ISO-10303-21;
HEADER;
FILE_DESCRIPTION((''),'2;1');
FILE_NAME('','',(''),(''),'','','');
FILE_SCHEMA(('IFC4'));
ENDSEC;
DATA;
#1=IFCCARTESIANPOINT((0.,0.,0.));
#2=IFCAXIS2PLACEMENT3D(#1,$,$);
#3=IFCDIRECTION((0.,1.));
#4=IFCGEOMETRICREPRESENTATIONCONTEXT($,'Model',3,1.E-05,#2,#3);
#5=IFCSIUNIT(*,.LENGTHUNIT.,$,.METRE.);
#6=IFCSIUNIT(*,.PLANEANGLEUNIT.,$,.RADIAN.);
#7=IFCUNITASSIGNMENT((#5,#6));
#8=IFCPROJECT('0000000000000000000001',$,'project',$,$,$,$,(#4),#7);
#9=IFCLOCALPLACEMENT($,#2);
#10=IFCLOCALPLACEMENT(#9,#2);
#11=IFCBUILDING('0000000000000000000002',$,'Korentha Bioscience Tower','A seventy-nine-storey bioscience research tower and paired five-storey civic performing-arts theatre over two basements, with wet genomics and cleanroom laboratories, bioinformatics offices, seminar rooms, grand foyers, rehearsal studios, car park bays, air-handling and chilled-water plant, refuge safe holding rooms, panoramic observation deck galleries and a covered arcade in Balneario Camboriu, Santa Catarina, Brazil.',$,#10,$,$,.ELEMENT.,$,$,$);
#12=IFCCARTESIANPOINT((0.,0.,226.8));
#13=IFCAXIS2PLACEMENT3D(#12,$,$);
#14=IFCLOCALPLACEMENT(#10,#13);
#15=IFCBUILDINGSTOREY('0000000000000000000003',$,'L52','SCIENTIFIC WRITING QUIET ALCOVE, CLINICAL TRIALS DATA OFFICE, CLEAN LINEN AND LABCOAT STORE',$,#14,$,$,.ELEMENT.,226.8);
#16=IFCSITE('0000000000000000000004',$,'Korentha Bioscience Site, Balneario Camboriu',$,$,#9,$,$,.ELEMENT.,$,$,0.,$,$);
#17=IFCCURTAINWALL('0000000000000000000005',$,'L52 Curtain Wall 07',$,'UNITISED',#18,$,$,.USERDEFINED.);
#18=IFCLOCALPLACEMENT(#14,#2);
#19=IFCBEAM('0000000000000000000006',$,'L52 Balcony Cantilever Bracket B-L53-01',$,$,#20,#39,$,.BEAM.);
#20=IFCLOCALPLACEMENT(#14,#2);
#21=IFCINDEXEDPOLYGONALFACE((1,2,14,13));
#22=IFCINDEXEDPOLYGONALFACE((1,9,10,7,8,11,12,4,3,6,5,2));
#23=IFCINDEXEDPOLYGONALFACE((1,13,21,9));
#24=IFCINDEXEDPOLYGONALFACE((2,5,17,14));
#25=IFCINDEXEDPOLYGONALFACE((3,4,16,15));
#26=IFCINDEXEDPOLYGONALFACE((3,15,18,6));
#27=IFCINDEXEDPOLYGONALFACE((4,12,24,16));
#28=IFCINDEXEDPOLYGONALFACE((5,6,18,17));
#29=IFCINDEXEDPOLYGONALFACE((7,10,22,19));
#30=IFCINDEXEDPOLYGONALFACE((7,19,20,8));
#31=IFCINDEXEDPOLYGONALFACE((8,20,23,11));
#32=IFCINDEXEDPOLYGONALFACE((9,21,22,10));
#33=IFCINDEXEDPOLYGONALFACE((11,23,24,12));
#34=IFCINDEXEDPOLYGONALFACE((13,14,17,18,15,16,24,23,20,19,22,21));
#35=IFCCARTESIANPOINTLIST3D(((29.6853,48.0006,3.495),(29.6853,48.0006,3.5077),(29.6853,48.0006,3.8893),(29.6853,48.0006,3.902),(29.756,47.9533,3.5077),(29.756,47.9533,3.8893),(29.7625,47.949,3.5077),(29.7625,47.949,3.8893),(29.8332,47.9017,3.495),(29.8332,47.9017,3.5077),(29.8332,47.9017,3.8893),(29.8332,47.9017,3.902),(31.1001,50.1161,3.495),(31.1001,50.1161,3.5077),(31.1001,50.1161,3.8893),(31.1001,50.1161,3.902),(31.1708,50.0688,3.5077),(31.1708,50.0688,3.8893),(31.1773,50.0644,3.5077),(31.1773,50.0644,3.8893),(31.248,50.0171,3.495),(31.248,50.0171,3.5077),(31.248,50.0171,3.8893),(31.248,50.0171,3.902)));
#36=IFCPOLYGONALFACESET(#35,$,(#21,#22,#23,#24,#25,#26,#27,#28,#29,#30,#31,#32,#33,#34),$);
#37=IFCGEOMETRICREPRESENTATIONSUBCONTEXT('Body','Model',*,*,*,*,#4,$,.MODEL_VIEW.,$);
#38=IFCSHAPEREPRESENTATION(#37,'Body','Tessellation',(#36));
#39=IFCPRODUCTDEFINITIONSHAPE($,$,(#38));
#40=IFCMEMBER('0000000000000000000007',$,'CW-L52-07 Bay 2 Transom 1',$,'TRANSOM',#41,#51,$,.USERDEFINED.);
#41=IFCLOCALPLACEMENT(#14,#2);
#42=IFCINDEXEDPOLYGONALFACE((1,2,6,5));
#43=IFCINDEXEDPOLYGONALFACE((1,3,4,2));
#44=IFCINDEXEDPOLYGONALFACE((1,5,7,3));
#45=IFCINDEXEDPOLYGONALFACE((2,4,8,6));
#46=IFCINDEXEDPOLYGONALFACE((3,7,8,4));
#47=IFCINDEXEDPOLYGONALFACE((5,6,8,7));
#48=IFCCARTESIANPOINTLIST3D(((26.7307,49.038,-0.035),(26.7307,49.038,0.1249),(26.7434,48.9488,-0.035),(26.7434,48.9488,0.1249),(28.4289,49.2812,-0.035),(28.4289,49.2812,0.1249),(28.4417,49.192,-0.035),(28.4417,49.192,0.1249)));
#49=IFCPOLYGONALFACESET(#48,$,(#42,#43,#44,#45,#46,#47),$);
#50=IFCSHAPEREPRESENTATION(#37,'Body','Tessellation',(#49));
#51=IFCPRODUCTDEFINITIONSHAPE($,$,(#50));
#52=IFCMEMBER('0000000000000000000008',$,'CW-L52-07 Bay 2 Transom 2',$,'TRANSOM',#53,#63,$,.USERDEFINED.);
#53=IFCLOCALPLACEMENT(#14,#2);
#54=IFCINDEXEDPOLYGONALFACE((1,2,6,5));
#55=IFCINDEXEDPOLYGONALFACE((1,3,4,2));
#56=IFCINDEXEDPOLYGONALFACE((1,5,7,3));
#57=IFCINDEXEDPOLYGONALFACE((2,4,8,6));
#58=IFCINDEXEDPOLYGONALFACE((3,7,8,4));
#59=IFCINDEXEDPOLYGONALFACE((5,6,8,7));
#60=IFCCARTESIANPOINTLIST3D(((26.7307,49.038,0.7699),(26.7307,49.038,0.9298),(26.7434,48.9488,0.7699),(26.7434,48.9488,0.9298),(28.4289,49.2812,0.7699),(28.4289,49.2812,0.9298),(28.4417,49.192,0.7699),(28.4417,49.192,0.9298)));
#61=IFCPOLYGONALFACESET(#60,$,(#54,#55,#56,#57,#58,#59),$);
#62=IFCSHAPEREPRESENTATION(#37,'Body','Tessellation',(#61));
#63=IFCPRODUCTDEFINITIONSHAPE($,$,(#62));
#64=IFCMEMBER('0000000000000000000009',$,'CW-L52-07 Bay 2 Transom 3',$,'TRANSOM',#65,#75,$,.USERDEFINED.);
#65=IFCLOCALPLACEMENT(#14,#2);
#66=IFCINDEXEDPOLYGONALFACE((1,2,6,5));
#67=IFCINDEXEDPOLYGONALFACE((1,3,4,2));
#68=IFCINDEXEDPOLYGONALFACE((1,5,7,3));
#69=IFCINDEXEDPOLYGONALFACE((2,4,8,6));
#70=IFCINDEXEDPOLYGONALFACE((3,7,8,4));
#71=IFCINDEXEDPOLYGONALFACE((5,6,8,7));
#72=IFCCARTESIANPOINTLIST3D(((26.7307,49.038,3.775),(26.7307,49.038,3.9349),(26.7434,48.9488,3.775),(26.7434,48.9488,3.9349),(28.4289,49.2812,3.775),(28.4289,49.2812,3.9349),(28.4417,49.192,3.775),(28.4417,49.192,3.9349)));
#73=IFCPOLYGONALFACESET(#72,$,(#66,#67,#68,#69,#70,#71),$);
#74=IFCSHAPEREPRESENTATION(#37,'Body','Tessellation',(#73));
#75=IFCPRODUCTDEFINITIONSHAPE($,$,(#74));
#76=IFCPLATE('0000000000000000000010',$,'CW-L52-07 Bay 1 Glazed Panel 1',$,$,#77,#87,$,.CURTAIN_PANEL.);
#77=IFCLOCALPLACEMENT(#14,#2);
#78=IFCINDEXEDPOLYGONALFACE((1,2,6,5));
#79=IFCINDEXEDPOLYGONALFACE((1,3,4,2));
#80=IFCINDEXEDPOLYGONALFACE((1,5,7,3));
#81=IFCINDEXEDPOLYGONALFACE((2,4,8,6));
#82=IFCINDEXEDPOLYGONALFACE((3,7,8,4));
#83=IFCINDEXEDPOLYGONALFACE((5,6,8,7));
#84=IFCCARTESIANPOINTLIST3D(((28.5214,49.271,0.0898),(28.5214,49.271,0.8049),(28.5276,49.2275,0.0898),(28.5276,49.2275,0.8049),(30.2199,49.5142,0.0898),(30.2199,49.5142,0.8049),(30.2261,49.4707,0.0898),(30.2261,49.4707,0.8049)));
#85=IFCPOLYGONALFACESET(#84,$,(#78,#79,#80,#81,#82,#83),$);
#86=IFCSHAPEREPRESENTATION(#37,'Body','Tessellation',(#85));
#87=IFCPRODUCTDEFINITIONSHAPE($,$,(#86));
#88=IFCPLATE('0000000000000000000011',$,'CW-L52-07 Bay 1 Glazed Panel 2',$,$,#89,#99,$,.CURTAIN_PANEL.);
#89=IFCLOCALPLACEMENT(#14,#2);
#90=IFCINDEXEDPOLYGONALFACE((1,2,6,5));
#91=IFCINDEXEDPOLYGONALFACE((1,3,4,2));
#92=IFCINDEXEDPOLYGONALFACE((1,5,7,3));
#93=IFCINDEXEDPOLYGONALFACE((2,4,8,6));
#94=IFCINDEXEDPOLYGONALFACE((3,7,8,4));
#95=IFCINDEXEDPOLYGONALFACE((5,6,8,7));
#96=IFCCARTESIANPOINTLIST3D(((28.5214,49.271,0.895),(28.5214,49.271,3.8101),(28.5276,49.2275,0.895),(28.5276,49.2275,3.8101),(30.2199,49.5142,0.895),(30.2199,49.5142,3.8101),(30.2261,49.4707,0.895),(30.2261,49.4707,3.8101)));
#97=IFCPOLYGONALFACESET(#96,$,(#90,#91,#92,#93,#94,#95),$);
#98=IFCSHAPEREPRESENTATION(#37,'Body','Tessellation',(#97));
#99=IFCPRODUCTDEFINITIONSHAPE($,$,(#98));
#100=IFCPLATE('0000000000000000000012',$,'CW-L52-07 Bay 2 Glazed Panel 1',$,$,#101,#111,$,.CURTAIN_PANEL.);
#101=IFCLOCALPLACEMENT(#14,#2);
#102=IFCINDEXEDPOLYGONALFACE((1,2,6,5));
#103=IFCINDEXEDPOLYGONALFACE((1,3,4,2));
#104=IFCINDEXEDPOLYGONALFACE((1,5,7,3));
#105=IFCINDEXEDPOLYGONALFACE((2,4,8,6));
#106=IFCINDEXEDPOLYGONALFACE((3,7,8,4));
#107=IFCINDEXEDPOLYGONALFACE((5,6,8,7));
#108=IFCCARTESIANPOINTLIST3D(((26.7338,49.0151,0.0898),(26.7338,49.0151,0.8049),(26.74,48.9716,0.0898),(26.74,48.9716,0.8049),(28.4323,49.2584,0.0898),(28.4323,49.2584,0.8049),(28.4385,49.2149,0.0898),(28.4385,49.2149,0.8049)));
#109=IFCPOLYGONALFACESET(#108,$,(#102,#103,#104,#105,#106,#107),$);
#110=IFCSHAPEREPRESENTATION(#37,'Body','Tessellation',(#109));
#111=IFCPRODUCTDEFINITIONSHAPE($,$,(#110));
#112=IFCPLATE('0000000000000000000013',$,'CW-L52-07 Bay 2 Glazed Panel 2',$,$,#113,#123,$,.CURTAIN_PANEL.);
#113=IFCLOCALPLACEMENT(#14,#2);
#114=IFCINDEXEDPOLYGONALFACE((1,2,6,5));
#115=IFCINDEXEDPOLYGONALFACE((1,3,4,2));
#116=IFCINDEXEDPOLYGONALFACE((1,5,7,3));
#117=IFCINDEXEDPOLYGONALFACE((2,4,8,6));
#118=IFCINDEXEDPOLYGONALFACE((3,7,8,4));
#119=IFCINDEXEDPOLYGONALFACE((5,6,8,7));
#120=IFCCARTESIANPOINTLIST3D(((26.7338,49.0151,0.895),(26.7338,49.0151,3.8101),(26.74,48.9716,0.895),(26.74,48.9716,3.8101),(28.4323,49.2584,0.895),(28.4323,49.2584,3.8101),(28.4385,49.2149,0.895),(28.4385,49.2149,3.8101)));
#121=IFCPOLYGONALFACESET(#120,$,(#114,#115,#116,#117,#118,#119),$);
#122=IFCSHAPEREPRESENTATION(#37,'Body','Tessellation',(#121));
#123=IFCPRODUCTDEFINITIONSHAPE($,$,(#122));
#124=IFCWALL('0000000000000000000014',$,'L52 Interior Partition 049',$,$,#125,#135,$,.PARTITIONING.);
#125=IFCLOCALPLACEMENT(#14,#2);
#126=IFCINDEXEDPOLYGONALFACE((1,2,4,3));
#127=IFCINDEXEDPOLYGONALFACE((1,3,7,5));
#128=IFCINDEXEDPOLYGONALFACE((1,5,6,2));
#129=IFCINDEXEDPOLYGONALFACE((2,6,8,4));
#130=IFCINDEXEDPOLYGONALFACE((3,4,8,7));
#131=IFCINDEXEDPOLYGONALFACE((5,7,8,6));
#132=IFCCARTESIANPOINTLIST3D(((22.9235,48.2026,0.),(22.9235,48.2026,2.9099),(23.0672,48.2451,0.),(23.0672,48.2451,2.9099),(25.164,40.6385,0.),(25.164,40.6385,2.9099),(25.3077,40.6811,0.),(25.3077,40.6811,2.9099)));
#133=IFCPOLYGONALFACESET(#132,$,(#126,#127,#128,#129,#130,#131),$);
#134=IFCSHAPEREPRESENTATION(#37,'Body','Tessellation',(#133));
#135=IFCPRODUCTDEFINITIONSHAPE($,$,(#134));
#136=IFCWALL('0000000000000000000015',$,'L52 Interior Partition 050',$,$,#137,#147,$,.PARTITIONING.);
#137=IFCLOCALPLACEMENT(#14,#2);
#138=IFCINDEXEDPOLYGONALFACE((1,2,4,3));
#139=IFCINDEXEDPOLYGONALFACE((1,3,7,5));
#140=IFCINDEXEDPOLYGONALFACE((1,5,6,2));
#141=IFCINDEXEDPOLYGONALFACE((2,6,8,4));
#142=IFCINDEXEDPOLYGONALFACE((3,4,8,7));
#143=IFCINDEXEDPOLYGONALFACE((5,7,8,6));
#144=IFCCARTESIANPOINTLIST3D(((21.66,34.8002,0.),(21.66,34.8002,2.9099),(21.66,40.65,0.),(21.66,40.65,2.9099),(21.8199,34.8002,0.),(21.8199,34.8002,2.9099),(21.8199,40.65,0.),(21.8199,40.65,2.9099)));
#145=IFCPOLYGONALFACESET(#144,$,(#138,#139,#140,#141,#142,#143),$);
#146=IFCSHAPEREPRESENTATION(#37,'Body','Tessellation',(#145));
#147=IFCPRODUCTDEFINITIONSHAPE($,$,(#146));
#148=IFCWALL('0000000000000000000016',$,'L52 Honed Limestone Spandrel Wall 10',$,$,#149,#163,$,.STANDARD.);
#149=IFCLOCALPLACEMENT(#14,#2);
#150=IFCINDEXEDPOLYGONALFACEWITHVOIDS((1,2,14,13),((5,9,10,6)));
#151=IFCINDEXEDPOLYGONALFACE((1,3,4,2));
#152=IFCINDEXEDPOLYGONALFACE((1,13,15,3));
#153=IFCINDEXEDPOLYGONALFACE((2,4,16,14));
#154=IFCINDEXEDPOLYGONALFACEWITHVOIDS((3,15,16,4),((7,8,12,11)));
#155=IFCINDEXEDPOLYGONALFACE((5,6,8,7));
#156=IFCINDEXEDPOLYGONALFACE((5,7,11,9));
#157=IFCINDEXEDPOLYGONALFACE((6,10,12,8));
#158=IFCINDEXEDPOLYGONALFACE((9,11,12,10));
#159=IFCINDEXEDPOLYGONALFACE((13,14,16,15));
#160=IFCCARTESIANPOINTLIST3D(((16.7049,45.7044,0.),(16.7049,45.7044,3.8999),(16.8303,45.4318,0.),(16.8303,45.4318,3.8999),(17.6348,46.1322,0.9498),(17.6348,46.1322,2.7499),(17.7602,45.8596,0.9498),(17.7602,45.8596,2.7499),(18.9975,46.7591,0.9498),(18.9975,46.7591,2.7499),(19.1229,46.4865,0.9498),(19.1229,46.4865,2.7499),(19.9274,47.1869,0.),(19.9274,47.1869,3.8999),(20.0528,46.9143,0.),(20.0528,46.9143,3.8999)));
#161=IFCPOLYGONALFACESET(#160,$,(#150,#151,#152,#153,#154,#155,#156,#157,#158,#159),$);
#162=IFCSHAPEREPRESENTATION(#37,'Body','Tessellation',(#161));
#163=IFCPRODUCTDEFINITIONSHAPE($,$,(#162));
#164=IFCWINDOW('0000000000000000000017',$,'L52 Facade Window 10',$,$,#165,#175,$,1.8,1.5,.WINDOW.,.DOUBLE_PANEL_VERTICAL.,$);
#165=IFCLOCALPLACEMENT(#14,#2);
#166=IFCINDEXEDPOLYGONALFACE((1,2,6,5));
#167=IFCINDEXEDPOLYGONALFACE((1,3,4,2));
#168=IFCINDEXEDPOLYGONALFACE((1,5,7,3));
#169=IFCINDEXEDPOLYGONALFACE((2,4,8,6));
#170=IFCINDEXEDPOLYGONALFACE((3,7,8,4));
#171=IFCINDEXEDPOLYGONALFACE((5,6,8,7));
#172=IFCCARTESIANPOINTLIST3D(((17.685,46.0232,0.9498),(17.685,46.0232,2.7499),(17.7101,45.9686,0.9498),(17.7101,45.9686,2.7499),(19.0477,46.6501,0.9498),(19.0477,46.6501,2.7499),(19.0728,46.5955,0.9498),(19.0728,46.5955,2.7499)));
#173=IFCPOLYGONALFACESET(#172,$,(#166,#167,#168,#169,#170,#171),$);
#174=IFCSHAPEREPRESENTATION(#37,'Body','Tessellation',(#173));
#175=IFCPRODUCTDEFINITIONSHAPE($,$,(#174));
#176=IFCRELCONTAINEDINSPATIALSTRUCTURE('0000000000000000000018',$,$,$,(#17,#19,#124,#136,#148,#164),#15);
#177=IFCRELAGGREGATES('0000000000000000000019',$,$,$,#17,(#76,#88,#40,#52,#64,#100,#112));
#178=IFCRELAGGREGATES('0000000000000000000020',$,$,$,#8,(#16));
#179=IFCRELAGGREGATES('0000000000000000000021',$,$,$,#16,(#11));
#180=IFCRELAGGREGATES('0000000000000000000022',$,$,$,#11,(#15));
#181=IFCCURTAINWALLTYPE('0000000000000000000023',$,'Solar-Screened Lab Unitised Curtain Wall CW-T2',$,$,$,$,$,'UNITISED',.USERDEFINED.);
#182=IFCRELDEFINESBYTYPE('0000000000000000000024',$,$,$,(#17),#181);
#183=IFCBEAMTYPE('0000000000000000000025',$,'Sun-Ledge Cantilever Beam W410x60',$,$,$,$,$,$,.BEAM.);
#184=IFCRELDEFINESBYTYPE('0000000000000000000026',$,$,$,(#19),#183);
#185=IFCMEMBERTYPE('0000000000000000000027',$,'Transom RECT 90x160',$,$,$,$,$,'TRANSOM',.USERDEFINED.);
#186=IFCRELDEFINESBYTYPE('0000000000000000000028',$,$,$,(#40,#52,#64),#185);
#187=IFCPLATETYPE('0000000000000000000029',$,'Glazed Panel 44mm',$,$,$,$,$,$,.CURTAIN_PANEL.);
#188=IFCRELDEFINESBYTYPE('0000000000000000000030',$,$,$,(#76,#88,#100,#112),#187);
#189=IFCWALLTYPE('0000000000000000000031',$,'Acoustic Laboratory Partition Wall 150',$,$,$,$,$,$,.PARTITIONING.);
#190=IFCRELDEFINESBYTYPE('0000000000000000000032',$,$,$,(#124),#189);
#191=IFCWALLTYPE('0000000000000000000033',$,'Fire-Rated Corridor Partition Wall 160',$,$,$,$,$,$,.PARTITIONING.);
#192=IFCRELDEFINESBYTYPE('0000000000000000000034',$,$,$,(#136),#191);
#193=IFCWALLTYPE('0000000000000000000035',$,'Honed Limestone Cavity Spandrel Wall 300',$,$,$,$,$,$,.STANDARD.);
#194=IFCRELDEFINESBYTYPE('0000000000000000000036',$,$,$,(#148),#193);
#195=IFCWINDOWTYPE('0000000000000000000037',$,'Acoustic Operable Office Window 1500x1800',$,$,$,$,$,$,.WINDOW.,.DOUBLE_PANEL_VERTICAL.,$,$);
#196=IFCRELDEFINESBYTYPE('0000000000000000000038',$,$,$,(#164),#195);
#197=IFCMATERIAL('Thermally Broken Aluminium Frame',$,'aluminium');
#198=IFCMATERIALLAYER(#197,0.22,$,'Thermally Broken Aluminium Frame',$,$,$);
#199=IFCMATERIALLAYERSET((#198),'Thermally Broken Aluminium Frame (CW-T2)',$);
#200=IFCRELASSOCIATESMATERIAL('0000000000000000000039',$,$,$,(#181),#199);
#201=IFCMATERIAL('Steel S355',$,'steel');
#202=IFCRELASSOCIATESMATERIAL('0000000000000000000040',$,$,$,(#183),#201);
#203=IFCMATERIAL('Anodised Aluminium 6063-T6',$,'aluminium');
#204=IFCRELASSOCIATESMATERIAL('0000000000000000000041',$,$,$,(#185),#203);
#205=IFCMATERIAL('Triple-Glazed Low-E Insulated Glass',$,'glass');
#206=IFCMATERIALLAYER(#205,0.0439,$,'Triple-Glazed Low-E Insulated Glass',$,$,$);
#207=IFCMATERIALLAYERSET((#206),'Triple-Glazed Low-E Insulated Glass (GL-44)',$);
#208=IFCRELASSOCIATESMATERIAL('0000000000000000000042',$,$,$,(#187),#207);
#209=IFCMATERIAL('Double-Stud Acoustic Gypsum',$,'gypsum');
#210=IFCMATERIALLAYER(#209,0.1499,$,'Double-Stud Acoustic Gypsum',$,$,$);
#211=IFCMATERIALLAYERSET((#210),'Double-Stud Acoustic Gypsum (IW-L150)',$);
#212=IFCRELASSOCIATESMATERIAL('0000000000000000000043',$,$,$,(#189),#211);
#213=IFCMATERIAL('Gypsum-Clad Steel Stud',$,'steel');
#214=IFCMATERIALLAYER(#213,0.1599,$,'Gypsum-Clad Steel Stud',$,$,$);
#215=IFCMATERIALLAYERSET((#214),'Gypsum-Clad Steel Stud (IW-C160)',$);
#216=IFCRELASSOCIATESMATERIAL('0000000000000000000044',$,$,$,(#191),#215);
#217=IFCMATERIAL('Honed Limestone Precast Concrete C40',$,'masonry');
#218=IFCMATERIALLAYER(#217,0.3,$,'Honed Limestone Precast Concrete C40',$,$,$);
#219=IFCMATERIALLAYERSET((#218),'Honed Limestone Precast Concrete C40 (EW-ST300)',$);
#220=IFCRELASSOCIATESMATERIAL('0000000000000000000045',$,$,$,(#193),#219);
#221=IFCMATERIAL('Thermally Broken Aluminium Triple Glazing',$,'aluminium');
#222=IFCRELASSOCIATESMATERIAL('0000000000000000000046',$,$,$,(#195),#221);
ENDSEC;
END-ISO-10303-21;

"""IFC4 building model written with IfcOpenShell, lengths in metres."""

from ifc_helpers import new_model, si_unit, direction, frame, frame_2d, origin, origin_2d, place, context, subcontext, project, spatial, rectangle, i_section, extrude, material, layer, layer_set, material_profile, profile_set, type_object, element, fill, aggregate, save


model = new_model("IFC4")

# Units and contexts
model_context = context("Model", 3, precision=1e-05, world=origin(), true_north=direction((0.0, 1.0)))
body_context = subcontext(model_context, "Body", "Model", "MODEL_VIEW")
ifc_project = project(units=[si_unit("LENGTHUNIT", "METRE"), si_unit("PLANEANGLEUNIT", "RADIAN")], contexts=[model_context])

# Site, building, storey
site_placement = place(None, origin())
site = spatial("IfcSite", under=ifc_project, at=site_placement, Name="Korentha Bioscience Site, Balneario Camboriu", CompositionType="ELEMENT", RefElevation=0.0)
building_placement = place(site_placement, origin())
building = spatial("IfcBuilding", under=site, at=building_placement, Name="Korentha Bioscience Tower", Description="A seventy-nine-storey bioscience research tower and paired five-storey civic performing-arts theatre over two basements, with wet genomics and cleanroom laboratories, bioinformatics offices, seminar rooms, grand foyers, rehearsal studios, car park bays, air-handling and chilled-water plant, refuge safe holding rooms, panoramic observation deck galleries and a covered arcade in Balneario Camboriu, Santa Catarina, Brazil.", CompositionType="ELEMENT")
storey_placement = place(building_placement, frame((0.0, 0.0, 226.8)))
storey = spatial("IfcBuildingStorey", under=building, at=storey_placement, Name="L52", Description="SCIENTIFIC WRITING QUIET ALCOVE, CLINICAL TRIALS DATA OFFICE, CLEAN LINEN AND LABCOAT STORE", CompositionType="ELEMENT", Elevation=226.8)

# Shared definitions
ifc_material_1 = material(Name="Steel S355", Category="steel")

# Curtain wall
ifc_material_2 = material(Name="Thermally Broken Aluminium Frame", Category="aluminium")
ifc_layer_1 = layer(ifc_material_2, 0.22, Name="Thermally Broken Aluminium Frame")
ifc_layer_set_1 = layer_set([ifc_layer_1], Name="Thermally Broken Aluminium Frame (CW-T2)")
curtain_wall_type = type_object("IfcCurtainWallType", Name="Solar-Screened Lab Unitised Curtain Wall CW-T2", ElementType="UNITISED", PredefinedType="USERDEFINED", material=ifc_layer_set_1)
curtain_wall_placement = place(storey_placement, origin())
curtain_wall = element("IfcCurtainWall", 1, at=curtain_wall_placement, inside=storey, type_object=curtain_wall_type, Name="L52 Curtain Wall 07", ObjectType="UNITISED", PredefinedType="USERDEFINED")
ifc_material_3 = material(Name="Anodised Aluminium 6063-T6", Category="aluminium")

# Beam
ifc_material_profile_1 = material_profile(ifc_material_1, i_section(OverallWidth=0.178, OverallDepth=0.407, WebThickness=0.0078, FlangeThickness=0.0127, at=origin_2d()), Name="Steel S355")
ifc_profile_set_1 = profile_set([ifc_material_profile_1], Name="Steel S355 (CB-410)")
beam_type_1 = type_object("IfcBeamType", Name="Sun-Ledge Cantilever Beam W410x60", PredefinedType="BEAM", material=ifc_profile_set_1)
beam_1_placement = place(storey_placement, frame((29.7593, 47.9512, 3.6985), z_axis=(0.555917, 0.831238, 0.0), x_axis=(-0.831238, 0.555917, 0.0)))
element("IfcBeam", 2, at=beam_1_placement, inside=storey, type_object=beam_type_1, Name="L52 Balcony Cantilever Bracket B-L53-01", PredefinedType="BEAM", context=body_context, shape_type="SweptSolid", body=[
    extrude(i_section(OverallWidth=0.178, OverallDepth=0.407, WebThickness=0.0078, FlangeThickness=0.0127, at=origin_2d()), origin(), (0.0, 0.0, 1.0), 2.5449),
])

# Members
ifc_material_profile_2 = material_profile(ifc_material_3, rectangle(XDim=0.0901, YDim=0.1599, at=origin_2d()), Name="Anodised Aluminium 6063-T6")
ifc_profile_set_2 = profile_set([ifc_material_profile_2], Name="Anodised Aluminium 6063-T6 (CW-TRN)")
member_type_1 = type_object("IfcMemberType", Name="Transom RECT 90x160", ElementType="TRANSOM", PredefinedType="USERDEFINED", material=ifc_profile_set_2)
member_1_placement = place(storey_placement, frame((28.4353, 49.2366, 0.0449), z_axis=(-0.989904, -0.14174, 0.0), x_axis=(0.14174, -0.989904, 0.0)))
member_1 = element("IfcMember", 3, at=member_1_placement, type_object=member_type_1, Name="CW-L52-07 Bay 2 Transom 1", ObjectType="TRANSOM", PredefinedType="USERDEFINED", context=body_context, shape_type="SweptSolid", body=[
    extrude(rectangle(XDim=0.0901, YDim=0.1599, at=origin_2d()), origin(), (0.0, 0.0, 1.0), 1.7156),
])
member_2_placement = place(storey_placement, frame((28.4353, 49.2366, 0.8499), z_axis=(-0.989904, -0.14174, 0.0), x_axis=(0.14174, -0.989904, 0.0)))
member_2 = element("IfcMember", 4, at=member_2_placement, type_object=member_type_1, Name="CW-L52-07 Bay 2 Transom 2", ObjectType="TRANSOM", PredefinedType="USERDEFINED", context=body_context, shape_type="SweptSolid", body=[
    extrude(rectangle(XDim=0.0901, YDim=0.1599, at=origin_2d()), origin(), (0.0, 0.0, 1.0), 1.7156),
])
member_3_placement = place(storey_placement, frame((28.4353, 49.2366, 3.855), z_axis=(-0.989904, -0.14174, 0.0), x_axis=(0.14174, -0.989904, 0.0)))
member_3 = element("IfcMember", 5, at=member_3_placement, type_object=member_type_1, Name="CW-L52-07 Bay 2 Transom 3", ObjectType="TRANSOM", PredefinedType="USERDEFINED", context=body_context, shape_type="SweptSolid", body=[
    extrude(rectangle(XDim=0.0901, YDim=0.1599, at=origin_2d()), origin(), (0.0, 0.0, 1.0), 1.7156),
])

# Plates
ifc_material_4 = material(Name="Triple-Glazed Low-E Insulated Glass", Category="glass")
ifc_layer_2 = layer(ifc_material_4, 0.0439, Name="Triple-Glazed Low-E Insulated Glass")
ifc_layer_set_2 = layer_set([ifc_layer_2], Name="Triple-Glazed Low-E Insulated Glass (GL-44)")
plate_type = type_object("IfcPlateType", Name="Glazed Panel 44mm", PredefinedType="CURTAIN_PANEL", material=ifc_layer_set_2)
plate_1_placement = place(storey_placement, frame((29.3738, 49.3708, 0.0898), z_axis=(0.0, 0.0, 1.0), x_axis=(-0.989902, -0.141754, 0.0)))
plate_1 = element("IfcPlate", 6, at=plate_1_placement, type_object=plate_type, Name="CW-L52-07 Bay 1 Glazed Panel 1", PredefinedType="CURTAIN_PANEL", context=body_context, shape_type="SweptSolid", body=[
    extrude(rectangle(XDim=1.7158, YDim=0.0439, at=origin_2d()), origin(), (0.0, 0.0, 1.0), 0.7151),
])
plate_2_placement = place(storey_placement, frame((29.3738, 49.3708, 0.895), z_axis=(0.0, 0.0, 1.0), x_axis=(-0.989902, -0.141754, 0.0)))
plate_2 = element("IfcPlate", 7, at=plate_2_placement, type_object=plate_type, Name="CW-L52-07 Bay 1 Glazed Panel 2", PredefinedType="CURTAIN_PANEL", context=body_context, shape_type="SweptSolid", body=[
    extrude(rectangle(XDim=1.7158, YDim=0.0439, at=origin_2d()), origin(), (0.0, 0.0, 1.0), 2.915),
])
plate_3_placement = place(storey_placement, frame((27.5862, 49.115, 0.0898), z_axis=(0.0, 0.0, 1.0), x_axis=(-0.989902, -0.141754, 0.0)))
plate_3 = element("IfcPlate", 8, at=plate_3_placement, type_object=plate_type, Name="CW-L52-07 Bay 2 Glazed Panel 1", PredefinedType="CURTAIN_PANEL", context=body_context, shape_type="SweptSolid", body=[
    extrude(rectangle(XDim=1.7158, YDim=0.0439, at=origin_2d()), origin(), (0.0, 0.0, 1.0), 0.7151),
])
plate_4_placement = place(storey_placement, frame((27.5862, 49.115, 0.895), z_axis=(0.0, 0.0, 1.0), x_axis=(-0.989902, -0.141754, 0.0)))
plate_4 = element("IfcPlate", 9, at=plate_4_placement, type_object=plate_type, Name="CW-L52-07 Bay 2 Glazed Panel 2", PredefinedType="CURTAIN_PANEL", context=body_context, shape_type="SweptSolid", body=[
    extrude(rectangle(XDim=1.7158, YDim=0.0439, at=origin_2d()), origin(), (0.0, 0.0, 1.0), 2.915),
])
aggregate(curtain_wall, [plate_1, plate_2, member_1, member_2, member_3, plate_3, plate_4])

# Wall
ifc_material_5 = material(Name="Double-Stud Acoustic Gypsum", Category="gypsum")
ifc_layer_3 = layer(ifc_material_5, 0.1499, Name="Double-Stud Acoustic Gypsum")
ifc_layer_set_3 = layer_set([ifc_layer_3], Name="Double-Stud Acoustic Gypsum (IW-L150)")
wall_type_1 = type_object("IfcWallType", Name="Acoustic Laboratory Partition Wall 150", PredefinedType="PARTITIONING", material=ifc_layer_set_3)
wall_1_placement = place(storey_placement, frame((25.2358, 40.6599, 0.0), z_axis=(0.0, 0.0, 1.0), x_axis=(-0.284007, 0.958822, 0.0)))
element("IfcWall", 10, at=wall_1_placement, inside=storey, type_object=wall_type_1, Name="L52 Interior Partition 049", PredefinedType="PARTITIONING", context=body_context, shape_type="SweptSolid", body=[
    extrude(rectangle(XDim=7.8889, YDim=0.1499, at=frame_2d((3.9443, 0.0))), origin(), (0.0, 0.0, 1.0), 2.9099),
])

# Shared definitions
ifc_material_6 = material(Name="Gypsum-Clad Steel Stud", Category="steel")
ifc_layer_4 = layer(ifc_material_6, 0.1599, Name="Gypsum-Clad Steel Stud")
ifc_layer_set_4 = layer_set([ifc_layer_4], Name="Gypsum-Clad Steel Stud (IW-C160)")
wall_type_2 = type_object("IfcWallType", Name="Fire-Rated Corridor Partition Wall 160", PredefinedType="PARTITIONING", material=ifc_layer_set_4)

# Wall
wall_2_placement = place(storey_placement, frame((21.74, 40.6499, 0.0), z_axis=(0.0, 0.0, 1.0), x_axis=(0.0, -1.0, 0.0)))
element("IfcWall", 11, at=wall_2_placement, inside=storey, type_object=wall_type_2, Name="L52 Interior Partition 050", PredefinedType="PARTITIONING", context=body_context, shape_type="SweptSolid", body=[
    extrude(rectangle(XDim=5.8499, YDim=0.1599, at=frame_2d((2.9248, 0.0))), origin(), (0.0, 0.0, 1.0), 2.9099),
])

# Wall, opening, window
ifc_material_7 = material(Name="Honed Limestone Precast Concrete C40", Category="masonry")
ifc_layer_5 = layer(ifc_material_7, 0.3, Name="Honed Limestone Precast Concrete C40")
ifc_layer_set_5 = layer_set([ifc_layer_5], Name="Honed Limestone Precast Concrete C40 (EW-ST300)")
wall_type_3 = type_object("IfcWallType", Name="Honed Limestone Cavity Spandrel Wall 300", PredefinedType="STANDARD", material=ifc_layer_set_5)
wall_3_placement = place(storey_placement, frame((19.99, 47.0505, 0.0), z_axis=(0.0, 0.0, 1.0), x_axis=(-0.908478, -0.417932, 0.0)))
wall_3 = element("IfcWall", 12, at=wall_3_placement, inside=storey, type_object=wall_type_3, Name="L52 Honed Limestone Spandrel Wall 10", PredefinedType="STANDARD", context=body_context, shape_type="SweptSolid", body=[
    extrude(rectangle(XDim=3.5471, YDim=0.3, at=frame_2d((1.7734, 0.0))), origin(), (0.0, 0.0, 1.0), 3.8999),
])
opening_1_placement = place(wall_3_placement, frame((1.0234, 0.0, 0.95)))
opening_1 = element("IfcOpeningElement", 13, at=opening_1_placement, cuts=wall_3, PredefinedType="OPENING", context=body_context, shape_type="SweptSolid", body=[
    extrude(rectangle(XDim=1.5, YDim=1.8, at=frame_2d((0.75, 0.8999))), frame((0.0, 0.165, 0.0), z_axis=(0.0, -1.0, 0.0), x_axis=(1.0, 0.0, 0.0)), (0.0, 0.0, 1.0), 0.3298),
])
ifc_material_8 = material(Name="Thermally Broken Aluminium Triple Glazing", Category="aluminium")
window_type = type_object("IfcWindowType", Name="Acoustic Operable Office Window 1500x1800", PartitioningType="DOUBLE_PANEL_VERTICAL", PredefinedType="WINDOW", material=ifc_material_8)
window_placement = place(opening_1_placement, origin())
window = element("IfcWindow", 14, at=window_placement, inside=storey, type_object=window_type, Name="L52 Facade Window 10", OverallHeight=1.8, OverallWidth=1.5, PartitioningType="DOUBLE_PANEL_VERTICAL", PredefinedType="WINDOW", context=body_context, shape_type="SweptSolid", body=[
    extrude(rectangle(XDim=1.5, YDim=1.8, at=frame_2d((0.75, 0.8999))), frame((0.0, 0.03, 0.0), z_axis=(0.0, -1.0, 0.0), x_axis=(1.0, 0.0, 0.0)), (0.0, 0.0, 1.0), 0.0601),
])
fill(opening_1, window)

save(model, "model.ifc")
